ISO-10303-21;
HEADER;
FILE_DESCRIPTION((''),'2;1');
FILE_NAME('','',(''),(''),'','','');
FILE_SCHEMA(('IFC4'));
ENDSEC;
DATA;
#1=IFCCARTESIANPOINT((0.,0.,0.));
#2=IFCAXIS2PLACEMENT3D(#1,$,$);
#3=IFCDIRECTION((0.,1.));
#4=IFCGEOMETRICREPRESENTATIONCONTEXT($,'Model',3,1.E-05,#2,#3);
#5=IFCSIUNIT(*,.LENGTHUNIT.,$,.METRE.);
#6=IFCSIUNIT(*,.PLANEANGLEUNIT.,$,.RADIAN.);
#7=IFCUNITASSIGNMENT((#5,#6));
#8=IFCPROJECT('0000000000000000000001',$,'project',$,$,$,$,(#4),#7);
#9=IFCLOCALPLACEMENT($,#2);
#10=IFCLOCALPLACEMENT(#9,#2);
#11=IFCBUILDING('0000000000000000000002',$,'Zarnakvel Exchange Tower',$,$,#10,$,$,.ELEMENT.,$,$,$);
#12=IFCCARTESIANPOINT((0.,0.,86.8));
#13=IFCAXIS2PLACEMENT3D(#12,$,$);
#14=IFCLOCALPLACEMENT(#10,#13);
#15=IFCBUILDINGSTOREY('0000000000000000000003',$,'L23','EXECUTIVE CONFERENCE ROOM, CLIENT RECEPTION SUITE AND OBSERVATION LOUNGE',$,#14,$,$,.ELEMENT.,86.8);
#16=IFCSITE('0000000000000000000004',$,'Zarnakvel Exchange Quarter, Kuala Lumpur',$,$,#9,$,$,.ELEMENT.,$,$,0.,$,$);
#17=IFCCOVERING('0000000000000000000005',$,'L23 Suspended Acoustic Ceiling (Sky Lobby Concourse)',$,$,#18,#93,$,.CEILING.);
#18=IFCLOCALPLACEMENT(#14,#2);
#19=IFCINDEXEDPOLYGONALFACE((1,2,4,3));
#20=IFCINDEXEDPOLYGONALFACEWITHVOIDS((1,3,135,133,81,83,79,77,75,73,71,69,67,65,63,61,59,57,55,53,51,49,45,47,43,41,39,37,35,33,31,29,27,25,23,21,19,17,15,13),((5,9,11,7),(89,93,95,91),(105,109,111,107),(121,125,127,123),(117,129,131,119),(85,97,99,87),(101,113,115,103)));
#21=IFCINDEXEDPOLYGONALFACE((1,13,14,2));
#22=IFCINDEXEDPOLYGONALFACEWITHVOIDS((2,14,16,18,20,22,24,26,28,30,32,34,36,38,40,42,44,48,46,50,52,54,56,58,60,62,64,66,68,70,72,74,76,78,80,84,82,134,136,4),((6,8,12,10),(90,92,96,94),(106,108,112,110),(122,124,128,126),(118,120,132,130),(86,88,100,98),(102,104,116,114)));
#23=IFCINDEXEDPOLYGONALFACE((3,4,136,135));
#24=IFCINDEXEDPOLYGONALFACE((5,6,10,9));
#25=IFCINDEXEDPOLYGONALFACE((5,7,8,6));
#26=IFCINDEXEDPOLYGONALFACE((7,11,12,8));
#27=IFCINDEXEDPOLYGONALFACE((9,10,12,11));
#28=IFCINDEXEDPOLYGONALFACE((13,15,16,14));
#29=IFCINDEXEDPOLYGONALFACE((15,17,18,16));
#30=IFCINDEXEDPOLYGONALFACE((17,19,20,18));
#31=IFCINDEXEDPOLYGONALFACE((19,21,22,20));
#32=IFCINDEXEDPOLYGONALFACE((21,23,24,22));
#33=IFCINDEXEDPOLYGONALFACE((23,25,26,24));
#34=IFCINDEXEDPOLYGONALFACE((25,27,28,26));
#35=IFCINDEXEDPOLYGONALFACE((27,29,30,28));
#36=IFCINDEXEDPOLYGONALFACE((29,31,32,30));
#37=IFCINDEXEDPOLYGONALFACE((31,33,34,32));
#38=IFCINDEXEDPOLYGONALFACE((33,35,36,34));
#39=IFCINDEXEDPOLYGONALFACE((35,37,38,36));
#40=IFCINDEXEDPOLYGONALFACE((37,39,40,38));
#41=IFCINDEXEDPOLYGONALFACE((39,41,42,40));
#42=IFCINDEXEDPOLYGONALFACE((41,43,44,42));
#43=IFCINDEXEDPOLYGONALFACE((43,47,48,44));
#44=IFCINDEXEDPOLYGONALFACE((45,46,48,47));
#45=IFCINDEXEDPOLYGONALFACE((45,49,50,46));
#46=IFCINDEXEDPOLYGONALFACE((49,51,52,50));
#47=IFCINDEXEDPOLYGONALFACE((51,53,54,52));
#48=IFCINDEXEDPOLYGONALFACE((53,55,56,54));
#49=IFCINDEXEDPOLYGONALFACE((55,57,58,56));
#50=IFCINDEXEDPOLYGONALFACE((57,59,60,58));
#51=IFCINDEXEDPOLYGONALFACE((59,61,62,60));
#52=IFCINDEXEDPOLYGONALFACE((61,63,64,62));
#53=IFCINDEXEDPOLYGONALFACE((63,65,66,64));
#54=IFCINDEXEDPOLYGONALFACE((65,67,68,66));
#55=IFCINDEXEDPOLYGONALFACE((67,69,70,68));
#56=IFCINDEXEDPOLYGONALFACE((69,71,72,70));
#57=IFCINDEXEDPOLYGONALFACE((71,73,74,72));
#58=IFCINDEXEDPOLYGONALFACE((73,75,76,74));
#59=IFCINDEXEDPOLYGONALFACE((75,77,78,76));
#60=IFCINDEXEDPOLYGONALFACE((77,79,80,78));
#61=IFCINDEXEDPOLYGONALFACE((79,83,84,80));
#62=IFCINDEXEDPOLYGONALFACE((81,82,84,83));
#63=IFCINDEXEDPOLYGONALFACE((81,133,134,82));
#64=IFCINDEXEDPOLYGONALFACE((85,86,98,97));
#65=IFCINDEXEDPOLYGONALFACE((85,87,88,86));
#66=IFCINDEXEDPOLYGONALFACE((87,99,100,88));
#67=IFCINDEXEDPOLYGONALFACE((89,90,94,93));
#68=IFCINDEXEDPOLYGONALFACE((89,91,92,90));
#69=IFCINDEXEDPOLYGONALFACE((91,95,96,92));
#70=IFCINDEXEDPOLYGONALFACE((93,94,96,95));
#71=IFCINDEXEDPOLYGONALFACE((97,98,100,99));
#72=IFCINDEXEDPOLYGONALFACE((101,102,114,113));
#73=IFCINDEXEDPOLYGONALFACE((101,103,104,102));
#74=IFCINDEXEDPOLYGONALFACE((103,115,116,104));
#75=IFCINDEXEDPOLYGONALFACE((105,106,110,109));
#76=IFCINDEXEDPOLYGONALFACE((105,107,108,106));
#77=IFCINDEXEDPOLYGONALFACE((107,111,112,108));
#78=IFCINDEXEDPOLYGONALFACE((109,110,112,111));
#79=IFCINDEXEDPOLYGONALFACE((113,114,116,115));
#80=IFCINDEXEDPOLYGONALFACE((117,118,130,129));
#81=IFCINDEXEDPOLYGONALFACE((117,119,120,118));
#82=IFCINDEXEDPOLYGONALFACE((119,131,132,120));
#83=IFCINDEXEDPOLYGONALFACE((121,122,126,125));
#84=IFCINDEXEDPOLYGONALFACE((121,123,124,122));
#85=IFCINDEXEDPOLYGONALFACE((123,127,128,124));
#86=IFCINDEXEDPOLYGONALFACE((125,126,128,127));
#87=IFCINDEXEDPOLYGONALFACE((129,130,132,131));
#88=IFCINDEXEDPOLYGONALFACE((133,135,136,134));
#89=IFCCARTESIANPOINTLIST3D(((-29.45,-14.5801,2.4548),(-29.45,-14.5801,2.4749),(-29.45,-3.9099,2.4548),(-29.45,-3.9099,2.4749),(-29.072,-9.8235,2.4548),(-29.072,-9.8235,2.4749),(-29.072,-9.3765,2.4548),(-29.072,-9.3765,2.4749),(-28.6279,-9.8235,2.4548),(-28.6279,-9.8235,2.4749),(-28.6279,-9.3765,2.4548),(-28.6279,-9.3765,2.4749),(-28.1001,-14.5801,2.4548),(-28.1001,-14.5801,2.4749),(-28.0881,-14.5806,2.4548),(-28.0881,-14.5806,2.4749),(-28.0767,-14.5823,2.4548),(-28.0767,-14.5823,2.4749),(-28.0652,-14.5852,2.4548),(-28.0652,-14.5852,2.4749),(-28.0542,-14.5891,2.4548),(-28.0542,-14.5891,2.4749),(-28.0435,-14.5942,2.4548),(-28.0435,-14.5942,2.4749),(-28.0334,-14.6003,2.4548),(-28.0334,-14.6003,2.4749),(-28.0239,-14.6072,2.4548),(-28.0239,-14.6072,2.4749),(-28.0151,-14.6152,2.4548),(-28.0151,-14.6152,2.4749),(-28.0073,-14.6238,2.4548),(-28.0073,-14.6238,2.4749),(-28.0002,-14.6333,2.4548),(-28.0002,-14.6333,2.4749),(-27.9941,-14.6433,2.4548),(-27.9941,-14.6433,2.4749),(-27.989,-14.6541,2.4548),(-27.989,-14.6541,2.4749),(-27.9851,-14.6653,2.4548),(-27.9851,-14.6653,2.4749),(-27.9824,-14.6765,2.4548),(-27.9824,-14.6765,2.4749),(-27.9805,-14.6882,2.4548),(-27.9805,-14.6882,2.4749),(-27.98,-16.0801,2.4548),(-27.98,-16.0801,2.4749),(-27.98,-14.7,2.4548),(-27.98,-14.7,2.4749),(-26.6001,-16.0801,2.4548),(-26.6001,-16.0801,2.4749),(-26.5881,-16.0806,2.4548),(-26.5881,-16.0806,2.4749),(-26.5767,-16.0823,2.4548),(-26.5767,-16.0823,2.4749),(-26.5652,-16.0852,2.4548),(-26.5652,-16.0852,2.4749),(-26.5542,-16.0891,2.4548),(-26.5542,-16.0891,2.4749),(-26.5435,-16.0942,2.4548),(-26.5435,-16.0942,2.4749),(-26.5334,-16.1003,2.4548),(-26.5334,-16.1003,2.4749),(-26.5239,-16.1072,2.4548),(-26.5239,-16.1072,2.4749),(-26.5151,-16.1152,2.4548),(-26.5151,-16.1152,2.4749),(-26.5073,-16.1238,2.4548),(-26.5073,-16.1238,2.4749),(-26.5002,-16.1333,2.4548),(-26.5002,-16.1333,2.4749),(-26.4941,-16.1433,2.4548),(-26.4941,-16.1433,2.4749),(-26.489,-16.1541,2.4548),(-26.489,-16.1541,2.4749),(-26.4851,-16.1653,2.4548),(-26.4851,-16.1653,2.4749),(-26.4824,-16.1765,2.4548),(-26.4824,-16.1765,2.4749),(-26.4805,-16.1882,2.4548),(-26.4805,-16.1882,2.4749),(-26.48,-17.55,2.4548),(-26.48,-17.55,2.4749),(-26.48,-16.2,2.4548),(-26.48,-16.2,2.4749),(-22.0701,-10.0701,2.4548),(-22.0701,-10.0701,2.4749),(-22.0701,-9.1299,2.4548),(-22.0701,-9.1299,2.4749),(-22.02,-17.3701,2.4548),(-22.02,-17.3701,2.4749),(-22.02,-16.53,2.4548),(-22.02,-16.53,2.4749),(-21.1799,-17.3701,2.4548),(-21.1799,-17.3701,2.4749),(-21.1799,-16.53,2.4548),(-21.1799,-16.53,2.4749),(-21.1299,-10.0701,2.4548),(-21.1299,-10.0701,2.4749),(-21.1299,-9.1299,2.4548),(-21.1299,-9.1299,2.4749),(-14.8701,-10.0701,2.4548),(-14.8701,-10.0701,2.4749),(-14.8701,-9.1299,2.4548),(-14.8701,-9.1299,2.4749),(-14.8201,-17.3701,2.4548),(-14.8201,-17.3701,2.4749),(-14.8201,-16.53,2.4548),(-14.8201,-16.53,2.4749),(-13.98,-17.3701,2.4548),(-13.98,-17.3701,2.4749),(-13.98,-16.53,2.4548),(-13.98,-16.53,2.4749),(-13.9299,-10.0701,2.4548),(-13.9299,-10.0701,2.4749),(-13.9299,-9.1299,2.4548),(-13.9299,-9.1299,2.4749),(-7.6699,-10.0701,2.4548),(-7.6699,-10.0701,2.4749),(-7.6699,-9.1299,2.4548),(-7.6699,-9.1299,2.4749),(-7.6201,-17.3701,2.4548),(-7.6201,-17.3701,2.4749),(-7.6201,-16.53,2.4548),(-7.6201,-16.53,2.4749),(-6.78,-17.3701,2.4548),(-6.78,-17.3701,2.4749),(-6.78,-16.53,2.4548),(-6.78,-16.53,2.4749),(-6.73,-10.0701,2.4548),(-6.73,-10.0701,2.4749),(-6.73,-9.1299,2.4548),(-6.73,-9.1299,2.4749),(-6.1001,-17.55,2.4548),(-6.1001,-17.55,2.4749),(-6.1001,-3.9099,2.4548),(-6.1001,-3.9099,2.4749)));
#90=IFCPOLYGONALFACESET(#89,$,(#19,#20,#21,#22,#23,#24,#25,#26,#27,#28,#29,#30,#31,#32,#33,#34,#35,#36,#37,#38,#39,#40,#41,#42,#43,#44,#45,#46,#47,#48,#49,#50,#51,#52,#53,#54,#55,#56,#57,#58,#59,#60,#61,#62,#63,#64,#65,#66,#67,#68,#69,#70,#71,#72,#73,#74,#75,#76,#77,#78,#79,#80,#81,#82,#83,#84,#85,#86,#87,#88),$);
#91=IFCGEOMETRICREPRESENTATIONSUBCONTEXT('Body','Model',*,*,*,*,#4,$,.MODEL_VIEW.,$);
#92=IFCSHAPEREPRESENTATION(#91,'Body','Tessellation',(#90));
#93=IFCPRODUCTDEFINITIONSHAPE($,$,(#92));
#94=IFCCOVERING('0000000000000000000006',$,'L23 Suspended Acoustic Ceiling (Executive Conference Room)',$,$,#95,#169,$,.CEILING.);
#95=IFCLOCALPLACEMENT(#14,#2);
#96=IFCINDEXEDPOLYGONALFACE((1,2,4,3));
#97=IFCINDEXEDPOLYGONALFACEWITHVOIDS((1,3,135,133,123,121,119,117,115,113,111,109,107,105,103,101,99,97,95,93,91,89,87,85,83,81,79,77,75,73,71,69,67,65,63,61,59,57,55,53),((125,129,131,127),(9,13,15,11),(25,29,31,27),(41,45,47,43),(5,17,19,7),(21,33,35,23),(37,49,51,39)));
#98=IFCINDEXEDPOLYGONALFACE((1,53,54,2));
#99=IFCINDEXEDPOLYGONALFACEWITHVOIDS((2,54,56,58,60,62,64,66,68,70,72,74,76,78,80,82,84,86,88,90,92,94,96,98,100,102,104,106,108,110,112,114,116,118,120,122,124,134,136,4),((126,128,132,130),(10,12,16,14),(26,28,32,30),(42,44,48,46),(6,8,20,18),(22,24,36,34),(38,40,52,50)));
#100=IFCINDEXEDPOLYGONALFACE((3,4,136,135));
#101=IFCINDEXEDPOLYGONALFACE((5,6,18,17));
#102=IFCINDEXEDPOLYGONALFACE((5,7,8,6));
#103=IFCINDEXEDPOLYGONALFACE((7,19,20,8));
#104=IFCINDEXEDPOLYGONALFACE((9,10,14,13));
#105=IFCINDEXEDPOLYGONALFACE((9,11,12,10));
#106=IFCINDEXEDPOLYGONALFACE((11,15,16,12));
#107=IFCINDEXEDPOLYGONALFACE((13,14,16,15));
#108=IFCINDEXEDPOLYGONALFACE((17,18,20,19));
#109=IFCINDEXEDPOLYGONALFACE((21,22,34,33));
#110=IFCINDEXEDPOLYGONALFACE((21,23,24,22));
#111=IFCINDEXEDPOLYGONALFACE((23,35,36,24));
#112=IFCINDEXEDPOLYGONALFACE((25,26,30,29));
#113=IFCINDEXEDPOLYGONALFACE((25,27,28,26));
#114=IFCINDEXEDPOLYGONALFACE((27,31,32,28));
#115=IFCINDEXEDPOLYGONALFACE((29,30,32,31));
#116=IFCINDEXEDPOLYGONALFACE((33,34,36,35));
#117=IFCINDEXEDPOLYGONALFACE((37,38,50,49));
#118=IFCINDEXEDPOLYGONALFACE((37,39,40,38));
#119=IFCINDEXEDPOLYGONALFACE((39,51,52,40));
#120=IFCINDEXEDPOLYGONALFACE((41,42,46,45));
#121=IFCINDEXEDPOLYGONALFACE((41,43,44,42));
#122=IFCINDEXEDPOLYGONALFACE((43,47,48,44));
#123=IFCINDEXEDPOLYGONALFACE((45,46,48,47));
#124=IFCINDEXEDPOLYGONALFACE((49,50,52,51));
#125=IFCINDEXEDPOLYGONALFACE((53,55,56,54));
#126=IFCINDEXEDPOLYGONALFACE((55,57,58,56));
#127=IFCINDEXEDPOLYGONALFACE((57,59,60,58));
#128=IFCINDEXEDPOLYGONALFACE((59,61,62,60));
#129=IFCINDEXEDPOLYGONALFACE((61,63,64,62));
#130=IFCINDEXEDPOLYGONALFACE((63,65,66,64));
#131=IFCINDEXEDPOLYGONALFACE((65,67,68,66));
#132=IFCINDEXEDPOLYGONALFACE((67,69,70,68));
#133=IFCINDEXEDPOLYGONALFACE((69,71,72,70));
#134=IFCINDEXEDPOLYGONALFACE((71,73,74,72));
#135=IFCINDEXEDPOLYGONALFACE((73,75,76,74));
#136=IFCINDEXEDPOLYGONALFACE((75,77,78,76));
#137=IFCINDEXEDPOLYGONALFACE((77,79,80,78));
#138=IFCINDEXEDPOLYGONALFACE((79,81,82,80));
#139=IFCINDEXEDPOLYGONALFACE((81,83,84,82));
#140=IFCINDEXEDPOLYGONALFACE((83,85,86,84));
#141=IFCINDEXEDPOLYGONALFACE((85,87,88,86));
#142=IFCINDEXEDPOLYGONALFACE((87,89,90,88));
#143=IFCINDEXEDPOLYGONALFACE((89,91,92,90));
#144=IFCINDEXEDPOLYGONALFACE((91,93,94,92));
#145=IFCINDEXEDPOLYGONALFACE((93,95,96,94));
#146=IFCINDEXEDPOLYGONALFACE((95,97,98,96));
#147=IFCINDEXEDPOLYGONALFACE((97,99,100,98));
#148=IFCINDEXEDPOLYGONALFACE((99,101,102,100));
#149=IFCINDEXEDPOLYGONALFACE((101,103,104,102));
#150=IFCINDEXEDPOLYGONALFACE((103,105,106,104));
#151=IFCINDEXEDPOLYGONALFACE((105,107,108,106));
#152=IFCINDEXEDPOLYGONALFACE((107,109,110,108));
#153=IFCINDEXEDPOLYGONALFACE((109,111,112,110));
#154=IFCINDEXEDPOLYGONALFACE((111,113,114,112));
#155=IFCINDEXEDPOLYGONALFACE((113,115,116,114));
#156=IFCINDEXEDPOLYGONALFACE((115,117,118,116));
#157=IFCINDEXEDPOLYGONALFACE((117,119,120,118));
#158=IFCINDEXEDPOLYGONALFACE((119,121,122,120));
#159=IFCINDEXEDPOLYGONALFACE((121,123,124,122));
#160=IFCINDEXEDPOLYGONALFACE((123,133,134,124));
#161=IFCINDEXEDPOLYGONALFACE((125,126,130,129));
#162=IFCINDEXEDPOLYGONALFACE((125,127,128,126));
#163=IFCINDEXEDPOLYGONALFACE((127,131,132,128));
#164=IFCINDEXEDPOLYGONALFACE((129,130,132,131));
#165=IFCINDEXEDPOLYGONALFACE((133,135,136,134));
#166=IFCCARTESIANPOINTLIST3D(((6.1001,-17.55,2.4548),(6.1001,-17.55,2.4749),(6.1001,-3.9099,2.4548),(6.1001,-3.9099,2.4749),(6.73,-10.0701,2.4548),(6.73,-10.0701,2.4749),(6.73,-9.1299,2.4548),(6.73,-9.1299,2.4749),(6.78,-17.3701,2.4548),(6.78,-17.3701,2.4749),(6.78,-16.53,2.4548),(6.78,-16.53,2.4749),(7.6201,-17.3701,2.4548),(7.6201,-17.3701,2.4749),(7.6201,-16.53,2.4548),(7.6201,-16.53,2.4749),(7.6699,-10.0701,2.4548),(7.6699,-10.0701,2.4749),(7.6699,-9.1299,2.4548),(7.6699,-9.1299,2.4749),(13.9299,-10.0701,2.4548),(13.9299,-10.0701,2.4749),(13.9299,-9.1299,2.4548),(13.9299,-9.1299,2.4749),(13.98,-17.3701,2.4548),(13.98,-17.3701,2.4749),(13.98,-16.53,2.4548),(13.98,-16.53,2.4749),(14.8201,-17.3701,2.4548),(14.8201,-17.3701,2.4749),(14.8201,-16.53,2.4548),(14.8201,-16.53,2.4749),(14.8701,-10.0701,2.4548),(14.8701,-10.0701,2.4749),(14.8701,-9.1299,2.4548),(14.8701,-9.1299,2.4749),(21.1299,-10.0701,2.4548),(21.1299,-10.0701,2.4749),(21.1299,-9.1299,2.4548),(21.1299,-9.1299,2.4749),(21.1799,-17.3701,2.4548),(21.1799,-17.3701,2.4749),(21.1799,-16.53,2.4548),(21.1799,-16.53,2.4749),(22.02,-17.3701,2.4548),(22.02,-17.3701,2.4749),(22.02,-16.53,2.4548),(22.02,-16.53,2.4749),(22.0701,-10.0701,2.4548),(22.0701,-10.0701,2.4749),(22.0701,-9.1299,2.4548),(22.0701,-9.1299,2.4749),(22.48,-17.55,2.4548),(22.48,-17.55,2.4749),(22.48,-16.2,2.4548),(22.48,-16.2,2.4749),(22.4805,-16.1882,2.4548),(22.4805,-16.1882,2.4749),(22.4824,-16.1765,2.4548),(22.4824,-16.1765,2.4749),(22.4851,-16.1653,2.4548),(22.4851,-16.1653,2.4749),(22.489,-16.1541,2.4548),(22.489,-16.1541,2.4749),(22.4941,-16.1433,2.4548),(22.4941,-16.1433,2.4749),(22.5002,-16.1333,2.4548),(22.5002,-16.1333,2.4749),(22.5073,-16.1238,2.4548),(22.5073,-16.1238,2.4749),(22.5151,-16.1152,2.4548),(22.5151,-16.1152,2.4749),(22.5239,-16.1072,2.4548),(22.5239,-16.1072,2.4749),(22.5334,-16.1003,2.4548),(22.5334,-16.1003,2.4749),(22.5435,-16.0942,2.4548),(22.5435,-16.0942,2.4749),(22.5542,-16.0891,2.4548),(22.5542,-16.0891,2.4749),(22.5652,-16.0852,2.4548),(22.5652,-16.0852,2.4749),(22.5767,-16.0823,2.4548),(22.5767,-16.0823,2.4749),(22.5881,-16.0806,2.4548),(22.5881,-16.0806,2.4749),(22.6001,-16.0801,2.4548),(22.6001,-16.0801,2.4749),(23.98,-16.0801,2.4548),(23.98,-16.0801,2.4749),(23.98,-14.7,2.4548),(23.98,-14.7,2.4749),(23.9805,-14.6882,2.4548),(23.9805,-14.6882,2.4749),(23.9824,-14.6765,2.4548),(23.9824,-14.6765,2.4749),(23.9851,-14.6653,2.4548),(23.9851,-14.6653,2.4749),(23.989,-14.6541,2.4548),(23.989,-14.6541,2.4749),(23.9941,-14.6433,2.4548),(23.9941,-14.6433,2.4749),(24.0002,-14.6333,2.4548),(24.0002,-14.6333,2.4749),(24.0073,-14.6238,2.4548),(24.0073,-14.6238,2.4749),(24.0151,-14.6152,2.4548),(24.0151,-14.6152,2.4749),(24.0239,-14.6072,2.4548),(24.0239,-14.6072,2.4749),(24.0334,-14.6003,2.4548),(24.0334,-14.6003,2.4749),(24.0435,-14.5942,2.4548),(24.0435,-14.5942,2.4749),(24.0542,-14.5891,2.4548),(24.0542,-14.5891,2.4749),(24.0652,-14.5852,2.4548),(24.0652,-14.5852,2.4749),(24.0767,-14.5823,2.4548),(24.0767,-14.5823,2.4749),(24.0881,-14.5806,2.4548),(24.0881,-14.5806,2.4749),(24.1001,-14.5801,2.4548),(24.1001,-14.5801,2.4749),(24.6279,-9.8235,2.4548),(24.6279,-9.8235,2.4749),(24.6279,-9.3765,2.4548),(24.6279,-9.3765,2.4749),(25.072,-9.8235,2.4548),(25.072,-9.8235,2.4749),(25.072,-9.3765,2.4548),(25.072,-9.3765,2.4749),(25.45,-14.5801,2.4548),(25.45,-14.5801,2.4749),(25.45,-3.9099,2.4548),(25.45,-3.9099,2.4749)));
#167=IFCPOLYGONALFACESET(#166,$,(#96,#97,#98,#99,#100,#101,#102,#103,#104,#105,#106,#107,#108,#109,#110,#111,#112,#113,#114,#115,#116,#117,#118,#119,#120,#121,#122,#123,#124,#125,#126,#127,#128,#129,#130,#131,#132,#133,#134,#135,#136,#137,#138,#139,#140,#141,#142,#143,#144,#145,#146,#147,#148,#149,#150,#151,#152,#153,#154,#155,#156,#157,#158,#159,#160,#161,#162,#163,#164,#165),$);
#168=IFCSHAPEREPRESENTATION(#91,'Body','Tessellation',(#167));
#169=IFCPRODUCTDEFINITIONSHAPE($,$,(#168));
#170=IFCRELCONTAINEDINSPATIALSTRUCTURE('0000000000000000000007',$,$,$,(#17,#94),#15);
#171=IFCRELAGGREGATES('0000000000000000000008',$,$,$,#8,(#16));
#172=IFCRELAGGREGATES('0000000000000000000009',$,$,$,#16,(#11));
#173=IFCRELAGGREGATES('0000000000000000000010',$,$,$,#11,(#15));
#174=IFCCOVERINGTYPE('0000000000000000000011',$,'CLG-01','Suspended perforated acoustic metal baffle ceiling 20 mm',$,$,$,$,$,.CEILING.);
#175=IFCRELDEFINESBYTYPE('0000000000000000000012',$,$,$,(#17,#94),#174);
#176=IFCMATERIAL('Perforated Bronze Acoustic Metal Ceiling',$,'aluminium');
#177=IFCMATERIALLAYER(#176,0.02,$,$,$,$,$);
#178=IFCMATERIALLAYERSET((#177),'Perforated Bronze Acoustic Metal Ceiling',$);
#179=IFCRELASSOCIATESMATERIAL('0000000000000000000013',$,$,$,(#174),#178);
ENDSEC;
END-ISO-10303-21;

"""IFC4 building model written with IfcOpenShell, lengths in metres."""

from ifc_helpers import new_model, si_unit, direction, frame, origin, place, context, subcontext, project, spatial, polyline, outline, extrude, material, layer, layer_set, type_object, element, save


model = new_model("IFC4")

# Units and contexts
model_context = context("Model", 3, precision=1e-05, world=origin(), true_north=direction((0.0, 1.0)))
body_context = subcontext(model_context, "Body", "Model", "MODEL_VIEW")
ifc_project = project(units=[si_unit("LENGTHUNIT", "METRE"), si_unit("PLANEANGLEUNIT", "RADIAN")], contexts=[model_context])

# Site, building, storey
site_placement = place(None, origin())
site = spatial("IfcSite", under=ifc_project, at=site_placement, Name="Zarnakvel Exchange Quarter, Kuala Lumpur", CompositionType="ELEMENT", RefElevation=0.0)
building_placement = place(site_placement, origin())
building = spatial("IfcBuilding", under=site, at=building_placement, Name="Zarnakvel Exchange Tower", CompositionType="ELEMENT")
storey_placement = place(building_placement, frame((0.0, 0.0, 86.8)))
storey = spatial("IfcBuildingStorey", under=building, at=storey_placement, Name="L23", Description="EXECUTIVE CONFERENCE ROOM, CLIENT RECEPTION SUITE AND OBSERVATION LOUNGE", CompositionType="ELEMENT", Elevation=86.8)

# Coverings
ifc_material_1 = material(Name="Perforated Bronze Acoustic Metal Ceiling", Category="aluminium")
ifc_layer_1 = layer(ifc_material_1, 0.02)
ifc_layer_set_1 = layer_set([ifc_layer_1], Name="Perforated Bronze Acoustic Metal Ceiling")
covering_type_1 = type_object("IfcCoveringType", Name="CLG-01", Description="Suspended perforated acoustic metal baffle ceiling 20 mm", PredefinedType="CEILING", material=ifc_layer_set_1)
covering_1_placement = place(storey_placement, frame((0.0, 0.0, 2.4548)))
element("IfcCovering", 1, at=covering_1_placement, inside=storey, type_object=covering_type_1, Name="L23 Suspended Acoustic Ceiling (Sky Lobby Concourse)", PredefinedType="CEILING", context=body_context, shape_type="SweptSolid", body=[
    extrude(outline(polyline([(-6.1001, -3.9099), (-6.1001, -17.55), (-26.48, -17.55), (-26.48, -16.2), (-26.4805, -16.1882), (-26.4824, -16.1765), (-26.4851, -16.1653), (-26.489, -16.1541), (-26.4941, -16.1433), (-26.5002, -16.1333), (-26.5073, -16.1238), (-26.5151, -16.1152), (-26.5239, -16.1072), (-26.5334, -16.1003), (-26.5435, -16.0942), (-26.5542, -16.0891), (-26.5652, -16.0852), (-26.5767, -16.0823), (-26.5881, -16.0806), (-26.6001, -16.0801), (-27.98, -16.0801), (-27.98, -14.7), (-27.9805, -14.6882), (-27.9824, -14.6765), (-27.9851, -14.6653), (-27.989, -14.6541), (-27.9941, -14.6433), (-28.0002, -14.6333), (-28.0073, -14.6238), (-28.0151, -14.6152), (-28.0239, -14.6072), (-28.0334, -14.6003), (-28.0435, -14.5942), (-28.0542, -14.5891), (-28.0652, -14.5852), (-28.0767, -14.5823), (-28.0881, -14.5806), (-28.1001, -14.5801), (-29.45, -14.5801), (-29.45, -3.9099), (-6.1001, -3.9099)]), holes=[polyline([(-7.6699, -10.0701), (-6.73, -10.0701), (-6.73, -9.1299), (-7.6699, -9.1299), (-7.6699, -10.0701)]), polyline([(-6.78, -17.3701), (-6.78, -16.53), (-7.6201, -16.53), (-7.6201, -17.3701), (-6.78, -17.3701)]), polyline([(-13.9299, -10.0701), (-13.9299, -9.1299), (-14.8701, -9.1299), (-14.8701, -10.0701), (-13.9299, -10.0701)]), polyline([(-13.98, -17.3701), (-13.98, -16.53), (-14.8201, -16.53), (-14.8201, -17.3701), (-13.98, -17.3701)]), polyline([(-21.1299, -10.0701), (-21.1299, -9.1299), (-22.0701, -9.1299), (-22.0701, -10.0701), (-21.1299, -10.0701)]), polyline([(-21.1799, -17.3701), (-21.1799, -16.53), (-22.02, -16.53), (-22.02, -17.3701), (-21.1799, -17.3701)]), polyline([(-29.072, -9.8235), (-28.6279, -9.8235), (-28.6279, -9.3765), (-29.072, -9.3765), (-29.072, -9.8235)])]), origin(), (0.0, 0.0, 1.0), 0.02),
])
covering_2_placement = place(storey_placement, frame((0.0, 0.0, 2.4548)))
element("IfcCovering", 2, at=covering_2_placement, inside=storey, type_object=covering_type_1, Name="L23 Suspended Acoustic Ceiling (Executive Conference Room)", PredefinedType="CEILING", context=body_context, shape_type="SweptSolid", body=[
    extrude(outline(polyline([(6.1001, -3.9099), (25.45, -3.9099), (25.45, -14.5801), (24.1001, -14.5801), (24.0881, -14.5806), (24.0767, -14.5823), (24.0652, -14.5852), (24.0542, -14.5891), (24.0435, -14.5942), (24.0334, -14.6003), (24.0239, -14.6072), (24.0151, -14.6152), (24.0073, -14.6238), (24.0002, -14.6333), (23.9941, -14.6433), (23.989, -14.6541), (23.9851, -14.6653), (23.9824, -14.6765), (23.9805, -14.6882), (23.98, -14.7), (23.98, -16.0801), (22.6001, -16.0801), (22.5881, -16.0806), (22.5767, -16.0823), (22.5652, -16.0852), (22.5542, -16.0891), (22.5435, -16.0942), (22.5334, -16.1003), (22.5239, -16.1072), (22.5151, -16.1152), (22.5073, -16.1238), (22.5002, -16.1333), (22.4941, -16.1433), (22.489, -16.1541), (22.4851, -16.1653), (22.4824, -16.1765), (22.4805, -16.1882), (22.48, -16.2), (22.48, -17.55), (6.1001, -17.55), (6.1001, -3.9099)]), holes=[polyline([(25.072, -9.8235), (25.072, -9.3765), (24.6279, -9.3765), (24.6279, -9.8235), (25.072, -9.8235)]), polyline([(22.0701, -10.0701), (22.0701, -9.1299), (21.1299, -9.1299), (21.1299, -10.0701), (22.0701, -10.0701)]), polyline([(22.02, -17.3701), (22.02, -16.53), (21.1799, -16.53), (21.1799, -17.3701), (22.02, -17.3701)]), polyline([(13.9299, -10.0701), (14.8701, -10.0701), (14.8701, -9.1299), (13.9299, -9.1299), (13.9299, -10.0701)]), polyline([(14.8201, -17.3701), (14.8201, -16.53), (13.98, -16.53), (13.98, -17.3701), (14.8201, -17.3701)]), polyline([(6.73, -10.0701), (7.6699, -10.0701), (7.6699, -9.1299), (6.73, -9.1299), (6.73, -10.0701)]), polyline([(7.6201, -17.3701), (7.6201, -16.53), (6.78, -16.53), (6.78, -17.3701), (7.6201, -17.3701)])]), origin(), (0.0, 0.0, 1.0), 0.02),
])

save(model, "model.ifc")
